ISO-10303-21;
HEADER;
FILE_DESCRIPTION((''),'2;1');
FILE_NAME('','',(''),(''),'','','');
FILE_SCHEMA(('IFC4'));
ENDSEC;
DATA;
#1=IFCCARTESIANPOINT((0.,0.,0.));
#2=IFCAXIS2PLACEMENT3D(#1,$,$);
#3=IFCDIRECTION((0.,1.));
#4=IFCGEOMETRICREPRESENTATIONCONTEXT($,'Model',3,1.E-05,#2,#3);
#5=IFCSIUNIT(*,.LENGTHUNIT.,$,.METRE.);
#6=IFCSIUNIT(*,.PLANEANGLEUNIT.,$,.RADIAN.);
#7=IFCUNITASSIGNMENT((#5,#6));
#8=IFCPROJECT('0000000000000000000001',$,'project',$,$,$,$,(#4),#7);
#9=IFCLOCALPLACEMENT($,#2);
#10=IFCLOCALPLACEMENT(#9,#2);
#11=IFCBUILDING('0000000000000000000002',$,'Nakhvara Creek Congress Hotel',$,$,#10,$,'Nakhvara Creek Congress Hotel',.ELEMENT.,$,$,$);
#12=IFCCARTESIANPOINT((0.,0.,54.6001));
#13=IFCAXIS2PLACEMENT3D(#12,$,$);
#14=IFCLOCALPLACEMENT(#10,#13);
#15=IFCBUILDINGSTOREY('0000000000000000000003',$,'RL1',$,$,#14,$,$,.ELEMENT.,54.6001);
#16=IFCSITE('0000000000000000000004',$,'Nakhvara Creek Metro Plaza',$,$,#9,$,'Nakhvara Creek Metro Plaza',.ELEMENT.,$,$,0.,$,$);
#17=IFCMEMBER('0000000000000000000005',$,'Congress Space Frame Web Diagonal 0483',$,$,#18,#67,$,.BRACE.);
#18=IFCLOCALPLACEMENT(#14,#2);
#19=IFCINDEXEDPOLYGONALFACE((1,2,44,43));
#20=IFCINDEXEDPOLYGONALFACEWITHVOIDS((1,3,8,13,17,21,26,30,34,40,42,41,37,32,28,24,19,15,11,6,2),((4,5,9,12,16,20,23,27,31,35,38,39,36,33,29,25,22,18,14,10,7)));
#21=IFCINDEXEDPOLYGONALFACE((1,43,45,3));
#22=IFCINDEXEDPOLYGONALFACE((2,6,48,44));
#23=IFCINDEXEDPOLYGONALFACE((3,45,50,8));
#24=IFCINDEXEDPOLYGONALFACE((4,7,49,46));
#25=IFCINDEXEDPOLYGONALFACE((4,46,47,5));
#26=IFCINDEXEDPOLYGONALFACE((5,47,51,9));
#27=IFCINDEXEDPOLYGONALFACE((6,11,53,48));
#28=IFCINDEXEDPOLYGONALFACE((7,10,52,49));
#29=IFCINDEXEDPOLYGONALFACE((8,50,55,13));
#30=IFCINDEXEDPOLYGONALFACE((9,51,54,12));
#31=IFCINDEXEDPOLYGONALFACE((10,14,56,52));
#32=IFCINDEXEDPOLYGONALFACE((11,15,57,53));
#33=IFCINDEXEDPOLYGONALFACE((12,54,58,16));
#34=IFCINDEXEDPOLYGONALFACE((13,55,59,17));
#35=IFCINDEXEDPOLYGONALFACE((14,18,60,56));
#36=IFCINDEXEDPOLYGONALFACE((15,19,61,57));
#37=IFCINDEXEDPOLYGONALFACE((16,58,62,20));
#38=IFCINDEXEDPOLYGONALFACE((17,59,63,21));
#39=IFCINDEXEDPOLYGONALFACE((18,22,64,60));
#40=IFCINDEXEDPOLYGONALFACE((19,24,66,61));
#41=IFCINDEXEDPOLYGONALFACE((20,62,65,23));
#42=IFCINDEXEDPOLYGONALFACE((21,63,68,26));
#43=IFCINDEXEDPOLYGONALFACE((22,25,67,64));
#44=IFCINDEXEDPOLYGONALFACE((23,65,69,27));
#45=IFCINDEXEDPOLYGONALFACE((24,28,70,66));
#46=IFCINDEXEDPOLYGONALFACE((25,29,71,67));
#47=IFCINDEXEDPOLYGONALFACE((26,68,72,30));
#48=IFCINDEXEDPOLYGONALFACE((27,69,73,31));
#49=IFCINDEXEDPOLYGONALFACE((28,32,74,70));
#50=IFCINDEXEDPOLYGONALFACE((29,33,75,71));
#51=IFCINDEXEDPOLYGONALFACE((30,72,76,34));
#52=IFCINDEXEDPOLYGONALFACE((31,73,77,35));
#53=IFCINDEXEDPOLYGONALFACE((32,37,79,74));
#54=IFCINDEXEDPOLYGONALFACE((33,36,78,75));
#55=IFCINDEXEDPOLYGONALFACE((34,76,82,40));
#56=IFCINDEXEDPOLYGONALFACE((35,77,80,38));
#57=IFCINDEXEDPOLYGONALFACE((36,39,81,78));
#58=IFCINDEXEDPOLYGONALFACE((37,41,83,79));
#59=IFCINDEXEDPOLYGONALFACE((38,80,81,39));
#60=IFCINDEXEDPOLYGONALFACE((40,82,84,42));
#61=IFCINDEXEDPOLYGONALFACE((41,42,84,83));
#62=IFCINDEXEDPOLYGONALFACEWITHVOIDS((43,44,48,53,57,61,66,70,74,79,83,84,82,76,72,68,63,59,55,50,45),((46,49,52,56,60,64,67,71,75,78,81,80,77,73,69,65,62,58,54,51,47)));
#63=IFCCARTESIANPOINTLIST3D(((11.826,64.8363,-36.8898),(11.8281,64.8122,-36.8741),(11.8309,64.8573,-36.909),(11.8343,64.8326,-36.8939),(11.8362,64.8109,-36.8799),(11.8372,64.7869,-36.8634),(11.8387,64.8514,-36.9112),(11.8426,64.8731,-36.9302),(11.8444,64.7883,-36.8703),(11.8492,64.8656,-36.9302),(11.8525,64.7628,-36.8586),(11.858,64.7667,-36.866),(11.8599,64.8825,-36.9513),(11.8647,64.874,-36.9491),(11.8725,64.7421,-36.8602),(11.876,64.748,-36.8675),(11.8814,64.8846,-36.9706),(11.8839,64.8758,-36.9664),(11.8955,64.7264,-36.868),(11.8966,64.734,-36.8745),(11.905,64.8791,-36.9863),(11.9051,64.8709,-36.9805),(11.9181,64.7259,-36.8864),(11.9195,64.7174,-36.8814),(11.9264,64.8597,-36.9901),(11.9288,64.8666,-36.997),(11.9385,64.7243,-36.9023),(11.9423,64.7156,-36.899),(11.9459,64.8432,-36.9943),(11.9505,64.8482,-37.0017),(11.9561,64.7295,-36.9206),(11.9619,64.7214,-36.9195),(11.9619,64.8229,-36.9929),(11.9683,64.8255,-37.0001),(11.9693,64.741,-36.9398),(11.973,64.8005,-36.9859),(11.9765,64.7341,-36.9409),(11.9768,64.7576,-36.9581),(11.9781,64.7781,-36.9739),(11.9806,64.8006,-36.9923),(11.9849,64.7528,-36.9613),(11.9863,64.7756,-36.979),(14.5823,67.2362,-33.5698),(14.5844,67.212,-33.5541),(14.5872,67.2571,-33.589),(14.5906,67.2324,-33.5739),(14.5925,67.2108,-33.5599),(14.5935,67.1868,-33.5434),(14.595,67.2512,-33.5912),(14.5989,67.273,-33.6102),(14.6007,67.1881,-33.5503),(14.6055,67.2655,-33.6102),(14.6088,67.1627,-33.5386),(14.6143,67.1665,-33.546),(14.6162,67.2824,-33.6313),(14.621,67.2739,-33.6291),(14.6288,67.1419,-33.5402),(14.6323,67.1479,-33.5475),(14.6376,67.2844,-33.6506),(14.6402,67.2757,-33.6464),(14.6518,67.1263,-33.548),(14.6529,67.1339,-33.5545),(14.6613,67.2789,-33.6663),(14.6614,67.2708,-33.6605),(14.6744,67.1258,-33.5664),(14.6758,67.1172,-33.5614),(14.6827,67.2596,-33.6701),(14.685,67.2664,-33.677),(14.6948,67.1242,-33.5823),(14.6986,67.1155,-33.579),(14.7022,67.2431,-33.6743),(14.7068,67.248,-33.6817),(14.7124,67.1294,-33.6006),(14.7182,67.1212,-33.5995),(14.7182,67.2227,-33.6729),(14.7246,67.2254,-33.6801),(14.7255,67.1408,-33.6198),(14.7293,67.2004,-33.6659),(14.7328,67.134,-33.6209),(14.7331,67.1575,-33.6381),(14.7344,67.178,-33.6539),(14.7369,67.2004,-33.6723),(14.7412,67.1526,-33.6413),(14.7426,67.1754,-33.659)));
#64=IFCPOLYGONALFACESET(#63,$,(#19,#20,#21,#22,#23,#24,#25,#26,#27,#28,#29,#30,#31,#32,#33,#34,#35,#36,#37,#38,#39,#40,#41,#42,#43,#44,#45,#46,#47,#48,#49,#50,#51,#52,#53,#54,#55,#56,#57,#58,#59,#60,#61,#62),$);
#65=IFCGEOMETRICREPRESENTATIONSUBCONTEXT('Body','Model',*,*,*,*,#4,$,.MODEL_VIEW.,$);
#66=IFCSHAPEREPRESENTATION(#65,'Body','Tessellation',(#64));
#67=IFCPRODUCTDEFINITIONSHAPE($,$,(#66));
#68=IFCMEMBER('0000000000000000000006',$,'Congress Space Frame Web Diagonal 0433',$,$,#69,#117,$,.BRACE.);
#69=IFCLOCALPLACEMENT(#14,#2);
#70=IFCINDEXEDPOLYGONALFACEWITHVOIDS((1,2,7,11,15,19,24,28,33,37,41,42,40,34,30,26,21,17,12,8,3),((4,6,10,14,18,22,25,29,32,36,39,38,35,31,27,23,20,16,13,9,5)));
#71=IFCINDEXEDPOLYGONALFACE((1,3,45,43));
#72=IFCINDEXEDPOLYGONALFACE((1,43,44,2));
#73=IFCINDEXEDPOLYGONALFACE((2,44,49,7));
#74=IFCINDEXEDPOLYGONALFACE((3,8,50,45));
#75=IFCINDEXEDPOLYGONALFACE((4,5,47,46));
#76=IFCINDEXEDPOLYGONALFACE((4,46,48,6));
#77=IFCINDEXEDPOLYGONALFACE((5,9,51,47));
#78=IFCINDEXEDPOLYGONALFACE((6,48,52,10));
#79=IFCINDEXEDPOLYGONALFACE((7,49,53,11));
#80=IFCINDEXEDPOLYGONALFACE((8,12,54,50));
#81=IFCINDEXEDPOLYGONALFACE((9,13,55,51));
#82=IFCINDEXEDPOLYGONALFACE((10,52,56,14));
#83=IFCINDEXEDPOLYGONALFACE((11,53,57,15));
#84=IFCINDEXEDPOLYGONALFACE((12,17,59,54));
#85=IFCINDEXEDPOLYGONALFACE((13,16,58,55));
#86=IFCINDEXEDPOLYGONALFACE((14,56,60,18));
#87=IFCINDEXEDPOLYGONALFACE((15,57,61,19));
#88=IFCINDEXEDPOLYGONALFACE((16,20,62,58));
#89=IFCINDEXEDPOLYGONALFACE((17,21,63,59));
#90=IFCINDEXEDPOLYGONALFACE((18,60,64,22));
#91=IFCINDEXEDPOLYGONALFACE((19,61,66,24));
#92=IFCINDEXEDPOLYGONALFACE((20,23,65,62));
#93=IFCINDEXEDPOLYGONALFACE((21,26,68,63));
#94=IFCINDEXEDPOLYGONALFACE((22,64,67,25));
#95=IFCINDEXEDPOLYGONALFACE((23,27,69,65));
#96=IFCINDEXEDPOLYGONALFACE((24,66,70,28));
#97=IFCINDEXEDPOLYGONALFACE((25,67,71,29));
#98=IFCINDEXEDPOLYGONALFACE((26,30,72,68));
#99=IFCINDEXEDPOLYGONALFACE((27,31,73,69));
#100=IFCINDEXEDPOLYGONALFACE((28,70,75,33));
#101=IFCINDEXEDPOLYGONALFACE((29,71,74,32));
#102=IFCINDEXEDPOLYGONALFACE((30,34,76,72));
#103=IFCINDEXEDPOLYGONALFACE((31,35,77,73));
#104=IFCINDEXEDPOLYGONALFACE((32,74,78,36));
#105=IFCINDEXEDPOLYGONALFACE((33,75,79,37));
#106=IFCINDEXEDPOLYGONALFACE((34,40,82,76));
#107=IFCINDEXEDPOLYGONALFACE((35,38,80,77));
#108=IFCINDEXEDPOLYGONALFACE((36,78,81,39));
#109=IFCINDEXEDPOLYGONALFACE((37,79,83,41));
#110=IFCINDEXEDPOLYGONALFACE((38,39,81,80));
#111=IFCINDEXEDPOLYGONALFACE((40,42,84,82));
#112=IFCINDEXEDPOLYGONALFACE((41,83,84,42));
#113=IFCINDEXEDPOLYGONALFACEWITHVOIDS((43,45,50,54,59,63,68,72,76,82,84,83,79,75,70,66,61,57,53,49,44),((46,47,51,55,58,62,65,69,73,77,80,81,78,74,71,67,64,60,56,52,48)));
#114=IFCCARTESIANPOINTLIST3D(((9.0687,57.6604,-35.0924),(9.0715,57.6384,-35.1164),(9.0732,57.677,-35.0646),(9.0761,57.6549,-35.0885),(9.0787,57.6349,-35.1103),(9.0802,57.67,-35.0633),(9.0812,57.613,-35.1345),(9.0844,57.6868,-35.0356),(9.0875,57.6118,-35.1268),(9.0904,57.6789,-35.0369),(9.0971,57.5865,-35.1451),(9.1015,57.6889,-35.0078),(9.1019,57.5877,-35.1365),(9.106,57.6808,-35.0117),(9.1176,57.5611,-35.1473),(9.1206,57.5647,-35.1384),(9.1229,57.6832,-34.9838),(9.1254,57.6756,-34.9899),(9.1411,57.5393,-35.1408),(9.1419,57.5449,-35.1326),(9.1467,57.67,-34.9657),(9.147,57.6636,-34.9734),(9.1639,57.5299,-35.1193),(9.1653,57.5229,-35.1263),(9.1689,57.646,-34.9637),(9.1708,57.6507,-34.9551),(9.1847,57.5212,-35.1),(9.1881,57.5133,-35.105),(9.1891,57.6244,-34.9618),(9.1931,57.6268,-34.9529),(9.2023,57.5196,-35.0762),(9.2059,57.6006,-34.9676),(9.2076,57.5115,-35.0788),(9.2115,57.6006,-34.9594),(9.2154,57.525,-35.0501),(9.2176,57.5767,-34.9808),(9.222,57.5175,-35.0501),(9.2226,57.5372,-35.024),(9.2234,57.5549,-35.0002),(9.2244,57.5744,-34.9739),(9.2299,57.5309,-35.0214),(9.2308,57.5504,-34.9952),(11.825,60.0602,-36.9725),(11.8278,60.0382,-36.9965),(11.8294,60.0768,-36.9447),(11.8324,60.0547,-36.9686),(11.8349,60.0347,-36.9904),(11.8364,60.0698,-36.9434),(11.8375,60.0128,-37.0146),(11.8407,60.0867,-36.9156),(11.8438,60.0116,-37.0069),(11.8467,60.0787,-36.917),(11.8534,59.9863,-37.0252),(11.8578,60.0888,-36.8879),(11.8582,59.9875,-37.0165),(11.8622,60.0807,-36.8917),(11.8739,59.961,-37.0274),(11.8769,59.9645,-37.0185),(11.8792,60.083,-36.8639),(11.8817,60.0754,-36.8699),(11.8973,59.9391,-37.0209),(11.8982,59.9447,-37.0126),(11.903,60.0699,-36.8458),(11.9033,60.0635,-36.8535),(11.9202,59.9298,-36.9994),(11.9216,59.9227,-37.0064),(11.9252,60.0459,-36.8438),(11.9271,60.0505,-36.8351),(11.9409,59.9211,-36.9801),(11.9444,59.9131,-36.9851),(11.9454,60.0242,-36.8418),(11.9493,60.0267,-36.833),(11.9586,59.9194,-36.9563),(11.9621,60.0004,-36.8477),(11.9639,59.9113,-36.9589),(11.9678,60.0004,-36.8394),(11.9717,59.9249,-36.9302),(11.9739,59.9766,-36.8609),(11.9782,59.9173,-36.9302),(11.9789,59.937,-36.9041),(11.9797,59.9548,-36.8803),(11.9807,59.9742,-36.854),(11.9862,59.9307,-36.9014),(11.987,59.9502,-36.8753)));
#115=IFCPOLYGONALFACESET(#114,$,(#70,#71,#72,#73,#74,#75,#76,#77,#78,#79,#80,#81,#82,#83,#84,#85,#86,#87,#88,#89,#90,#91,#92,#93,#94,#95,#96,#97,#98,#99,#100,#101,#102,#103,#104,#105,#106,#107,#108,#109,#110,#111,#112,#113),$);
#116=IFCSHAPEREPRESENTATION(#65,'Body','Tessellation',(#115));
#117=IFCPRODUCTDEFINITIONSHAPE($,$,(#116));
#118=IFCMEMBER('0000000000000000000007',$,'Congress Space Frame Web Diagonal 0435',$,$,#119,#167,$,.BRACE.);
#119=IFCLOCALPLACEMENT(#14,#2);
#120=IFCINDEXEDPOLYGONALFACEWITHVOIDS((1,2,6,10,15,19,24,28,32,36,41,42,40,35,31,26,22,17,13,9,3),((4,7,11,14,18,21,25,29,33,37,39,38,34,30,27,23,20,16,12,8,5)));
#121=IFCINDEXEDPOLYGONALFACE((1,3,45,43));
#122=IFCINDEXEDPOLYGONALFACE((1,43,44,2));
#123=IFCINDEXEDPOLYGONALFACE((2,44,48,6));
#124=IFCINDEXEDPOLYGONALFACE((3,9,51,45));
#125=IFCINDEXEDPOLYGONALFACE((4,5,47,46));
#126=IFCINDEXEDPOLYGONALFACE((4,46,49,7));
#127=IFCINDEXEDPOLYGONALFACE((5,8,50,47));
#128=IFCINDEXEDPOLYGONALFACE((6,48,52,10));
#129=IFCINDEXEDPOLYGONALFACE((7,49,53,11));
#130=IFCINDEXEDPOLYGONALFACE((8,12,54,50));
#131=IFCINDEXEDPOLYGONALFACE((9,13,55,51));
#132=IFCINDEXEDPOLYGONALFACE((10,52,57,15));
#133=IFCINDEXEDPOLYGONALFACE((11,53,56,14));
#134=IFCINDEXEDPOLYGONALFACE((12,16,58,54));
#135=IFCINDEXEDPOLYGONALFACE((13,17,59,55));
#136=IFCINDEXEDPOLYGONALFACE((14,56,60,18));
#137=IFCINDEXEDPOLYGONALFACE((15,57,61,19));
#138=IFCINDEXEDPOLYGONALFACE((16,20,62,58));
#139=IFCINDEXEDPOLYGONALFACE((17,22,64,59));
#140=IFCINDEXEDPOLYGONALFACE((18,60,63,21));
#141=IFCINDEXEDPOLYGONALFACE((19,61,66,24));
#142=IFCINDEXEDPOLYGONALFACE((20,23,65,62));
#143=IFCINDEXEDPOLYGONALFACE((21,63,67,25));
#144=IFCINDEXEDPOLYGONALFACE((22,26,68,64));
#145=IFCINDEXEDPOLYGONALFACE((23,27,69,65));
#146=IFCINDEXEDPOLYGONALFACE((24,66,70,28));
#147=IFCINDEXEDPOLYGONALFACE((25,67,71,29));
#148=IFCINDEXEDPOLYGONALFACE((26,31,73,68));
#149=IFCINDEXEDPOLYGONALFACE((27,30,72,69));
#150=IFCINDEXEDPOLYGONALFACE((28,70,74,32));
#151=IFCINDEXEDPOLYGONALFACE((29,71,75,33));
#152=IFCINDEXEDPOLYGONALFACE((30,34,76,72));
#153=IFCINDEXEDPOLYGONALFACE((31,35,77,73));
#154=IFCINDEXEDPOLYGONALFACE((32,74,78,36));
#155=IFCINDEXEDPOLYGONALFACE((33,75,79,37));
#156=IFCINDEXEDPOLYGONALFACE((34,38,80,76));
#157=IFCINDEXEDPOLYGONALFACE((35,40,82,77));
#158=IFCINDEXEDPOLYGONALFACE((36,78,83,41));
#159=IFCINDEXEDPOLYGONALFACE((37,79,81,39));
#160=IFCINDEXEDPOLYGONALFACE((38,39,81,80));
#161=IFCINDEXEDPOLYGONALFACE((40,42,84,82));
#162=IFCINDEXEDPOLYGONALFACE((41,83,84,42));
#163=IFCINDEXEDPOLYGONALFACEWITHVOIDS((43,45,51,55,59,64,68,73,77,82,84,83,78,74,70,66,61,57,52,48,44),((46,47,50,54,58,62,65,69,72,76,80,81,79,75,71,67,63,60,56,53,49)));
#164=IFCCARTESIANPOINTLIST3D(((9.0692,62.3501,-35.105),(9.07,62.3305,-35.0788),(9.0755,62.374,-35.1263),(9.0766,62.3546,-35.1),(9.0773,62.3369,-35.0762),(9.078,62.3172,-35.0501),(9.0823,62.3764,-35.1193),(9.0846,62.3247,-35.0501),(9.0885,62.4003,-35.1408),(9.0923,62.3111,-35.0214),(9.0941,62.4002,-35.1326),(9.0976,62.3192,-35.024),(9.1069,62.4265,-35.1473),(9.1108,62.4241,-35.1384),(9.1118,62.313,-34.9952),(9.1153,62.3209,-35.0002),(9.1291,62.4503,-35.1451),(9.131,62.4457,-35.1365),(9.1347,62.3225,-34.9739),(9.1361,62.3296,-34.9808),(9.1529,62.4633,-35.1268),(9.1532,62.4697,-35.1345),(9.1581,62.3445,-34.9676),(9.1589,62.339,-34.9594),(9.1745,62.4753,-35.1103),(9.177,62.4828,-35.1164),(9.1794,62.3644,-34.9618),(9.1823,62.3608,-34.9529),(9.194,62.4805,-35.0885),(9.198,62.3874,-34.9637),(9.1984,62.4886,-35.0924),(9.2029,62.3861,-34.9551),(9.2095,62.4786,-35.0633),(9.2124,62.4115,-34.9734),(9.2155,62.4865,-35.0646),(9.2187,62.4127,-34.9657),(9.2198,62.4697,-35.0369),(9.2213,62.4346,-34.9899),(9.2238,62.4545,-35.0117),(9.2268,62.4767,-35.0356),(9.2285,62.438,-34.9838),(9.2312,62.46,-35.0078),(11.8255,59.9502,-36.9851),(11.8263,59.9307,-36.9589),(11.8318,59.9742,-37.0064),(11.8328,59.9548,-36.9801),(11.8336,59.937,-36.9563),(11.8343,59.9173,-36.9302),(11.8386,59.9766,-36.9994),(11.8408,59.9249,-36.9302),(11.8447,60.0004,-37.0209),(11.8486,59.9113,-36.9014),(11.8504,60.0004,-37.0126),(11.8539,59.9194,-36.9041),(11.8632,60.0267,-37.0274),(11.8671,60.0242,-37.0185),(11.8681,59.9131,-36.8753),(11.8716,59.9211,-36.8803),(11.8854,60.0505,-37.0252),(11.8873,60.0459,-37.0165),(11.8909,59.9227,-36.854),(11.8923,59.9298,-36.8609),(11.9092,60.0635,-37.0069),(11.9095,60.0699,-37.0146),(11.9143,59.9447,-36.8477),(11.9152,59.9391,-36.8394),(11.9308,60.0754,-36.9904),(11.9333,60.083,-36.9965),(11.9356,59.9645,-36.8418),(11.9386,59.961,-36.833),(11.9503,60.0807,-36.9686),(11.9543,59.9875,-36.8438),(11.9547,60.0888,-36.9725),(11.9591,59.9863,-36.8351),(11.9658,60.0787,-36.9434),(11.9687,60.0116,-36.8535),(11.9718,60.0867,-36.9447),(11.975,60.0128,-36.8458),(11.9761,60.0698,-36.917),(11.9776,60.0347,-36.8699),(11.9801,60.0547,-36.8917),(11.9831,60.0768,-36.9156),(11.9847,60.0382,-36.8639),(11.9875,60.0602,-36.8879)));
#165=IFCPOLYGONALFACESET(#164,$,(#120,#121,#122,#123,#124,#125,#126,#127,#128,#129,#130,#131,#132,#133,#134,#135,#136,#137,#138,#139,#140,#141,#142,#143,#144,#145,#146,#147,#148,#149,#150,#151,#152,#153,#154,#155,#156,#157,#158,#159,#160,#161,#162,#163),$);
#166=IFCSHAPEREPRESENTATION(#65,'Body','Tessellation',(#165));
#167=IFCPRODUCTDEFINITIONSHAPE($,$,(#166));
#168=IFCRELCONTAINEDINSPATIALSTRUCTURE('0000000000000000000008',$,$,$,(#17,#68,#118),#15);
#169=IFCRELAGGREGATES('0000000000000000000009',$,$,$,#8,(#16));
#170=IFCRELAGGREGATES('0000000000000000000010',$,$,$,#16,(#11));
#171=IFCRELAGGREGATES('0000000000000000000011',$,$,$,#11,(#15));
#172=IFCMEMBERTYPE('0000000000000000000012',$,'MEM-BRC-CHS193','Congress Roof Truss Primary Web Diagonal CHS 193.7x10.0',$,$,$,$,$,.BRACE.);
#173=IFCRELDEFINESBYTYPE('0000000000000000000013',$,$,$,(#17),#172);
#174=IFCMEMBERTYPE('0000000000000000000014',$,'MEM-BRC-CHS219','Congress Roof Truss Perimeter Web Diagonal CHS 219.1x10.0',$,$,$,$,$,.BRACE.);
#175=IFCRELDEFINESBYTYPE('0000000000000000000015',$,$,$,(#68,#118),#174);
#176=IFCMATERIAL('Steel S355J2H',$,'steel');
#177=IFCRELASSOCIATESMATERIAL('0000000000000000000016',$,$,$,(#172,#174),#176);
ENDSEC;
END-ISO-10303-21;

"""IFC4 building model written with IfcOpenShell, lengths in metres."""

from ifc_helpers import new_model, si_unit, direction, frame, origin, origin_2d, place, context, subcontext, project, spatial, hollow_circle, extrude, material, material_profile, profile_set, type_object, element, save


model = new_model("IFC4")

# Units and contexts
model_context = context("Model", 3, precision=1e-05, world=origin(), true_north=direction((0.0, 1.0)))
body_context = subcontext(model_context, "Body", "Model", "MODEL_VIEW")
ifc_project = project(units=[si_unit("LENGTHUNIT", "METRE"), si_unit("PLANEANGLEUNIT", "RADIAN")], contexts=[model_context])

# Site, building, storey
site_placement = place(None, origin())
site = spatial("IfcSite", under=ifc_project, at=site_placement, Name="Nakhvara Creek Metro Plaza", LongName="Nakhvara Creek Metro Plaza", CompositionType="ELEMENT", RefElevation=0.0)
building_placement = place(site_placement, origin())
building = spatial("IfcBuilding", under=site, at=building_placement, Name="Nakhvara Creek Congress Hotel", LongName="Nakhvara Creek Congress Hotel", CompositionType="ELEMENT")
storey_placement = place(building_placement, frame((0.0, 0.0, 54.6001)))
storey = spatial("IfcBuildingStorey", under=building, at=storey_placement, Name="RL1", CompositionType="ELEMENT", Elevation=54.6001)

# Members
ifc_material_1 = material(Name="Steel S355J2H", Category="steel")
ifc_material_profile_1 = material_profile(ifc_material_1, hollow_circle(Radius=0.0969, WallThickness=0.01, at=origin_2d()), Name="CHS 193.7x10.0", Category="LoadBearing")
ifc_profile_set_1 = profile_set([ifc_material_profile_1], Name="Steel S355J2H")
member_type_1 = type_object("IfcMemberType", Name="MEM-BRC-CHS193", Description="Congress Roof Truss Primary Web Diagonal CHS 193.7x10.0", PredefinedType="BRACE", material=ifc_profile_set_1)
member_1_placement = place(storey_placement, frame((11.9062, 64.8, -36.9302), z_axis=(0.558237, 0.486047, 0.672406), x_axis=(-0.656658, 0.754188, 0.0)))
element("IfcMember", 1, at=member_1_placement, inside=storey, type_object=member_type_1, Name="Congress Space Frame Web Diagonal 0483", PredefinedType="BRACE", context=body_context, shape_type="SweptSolid", body=[
    extrude(hollow_circle(Radius=0.0969, WallThickness=0.01, at=origin_2d()), origin(), (0.0, 0.0, 1.0), 4.9375),
])
ifc_material_profile_2 = material_profile(ifc_material_1, hollow_circle(Radius=0.1096, WallThickness=0.01, at=origin_2d()), Name="CHS 219.1x10.0", Category="LoadBearing")
ifc_profile_set_2 = profile_set([ifc_material_profile_2], Name="Steel S355J2H")
member_type_2 = type_object("IfcMemberType", Name="MEM-BRC-CHS219", Description="Congress Roof Truss Perimeter Web Diagonal CHS 219.1x10.0", PredefinedType="BRACE", material=ifc_profile_set_2)
for number, where, z_axis, x_axis, name in (
    (2, (11.9062, 60.0, -36.9302), (-0.670649, -0.583922, 0.457455), (0.656658, -0.754188, 0.0), "Congress Space Frame Web Diagonal 0433"),
    (3, (11.9062, 60.0, -36.9302), (-0.670649, 0.583922, 0.457455), (-0.656658, -0.754188, 0.0), "Congress Space Frame Web Diagonal 0435"),
):
    element("IfcMember", number, at=place(storey_placement, frame(where, z_axis=z_axis, x_axis=x_axis)), inside=storey, type_object=member_type_2, Name=name, PredefinedType="BRACE", context=body_context, shape_type="SweptSolid", body=[
        extrude(hollow_circle(Radius=0.1096, WallThickness=0.01, at=origin_2d()), origin(), (0.0, 0.0, 1.0), 4.1099),
    ])

save(model, "model.ifc")
